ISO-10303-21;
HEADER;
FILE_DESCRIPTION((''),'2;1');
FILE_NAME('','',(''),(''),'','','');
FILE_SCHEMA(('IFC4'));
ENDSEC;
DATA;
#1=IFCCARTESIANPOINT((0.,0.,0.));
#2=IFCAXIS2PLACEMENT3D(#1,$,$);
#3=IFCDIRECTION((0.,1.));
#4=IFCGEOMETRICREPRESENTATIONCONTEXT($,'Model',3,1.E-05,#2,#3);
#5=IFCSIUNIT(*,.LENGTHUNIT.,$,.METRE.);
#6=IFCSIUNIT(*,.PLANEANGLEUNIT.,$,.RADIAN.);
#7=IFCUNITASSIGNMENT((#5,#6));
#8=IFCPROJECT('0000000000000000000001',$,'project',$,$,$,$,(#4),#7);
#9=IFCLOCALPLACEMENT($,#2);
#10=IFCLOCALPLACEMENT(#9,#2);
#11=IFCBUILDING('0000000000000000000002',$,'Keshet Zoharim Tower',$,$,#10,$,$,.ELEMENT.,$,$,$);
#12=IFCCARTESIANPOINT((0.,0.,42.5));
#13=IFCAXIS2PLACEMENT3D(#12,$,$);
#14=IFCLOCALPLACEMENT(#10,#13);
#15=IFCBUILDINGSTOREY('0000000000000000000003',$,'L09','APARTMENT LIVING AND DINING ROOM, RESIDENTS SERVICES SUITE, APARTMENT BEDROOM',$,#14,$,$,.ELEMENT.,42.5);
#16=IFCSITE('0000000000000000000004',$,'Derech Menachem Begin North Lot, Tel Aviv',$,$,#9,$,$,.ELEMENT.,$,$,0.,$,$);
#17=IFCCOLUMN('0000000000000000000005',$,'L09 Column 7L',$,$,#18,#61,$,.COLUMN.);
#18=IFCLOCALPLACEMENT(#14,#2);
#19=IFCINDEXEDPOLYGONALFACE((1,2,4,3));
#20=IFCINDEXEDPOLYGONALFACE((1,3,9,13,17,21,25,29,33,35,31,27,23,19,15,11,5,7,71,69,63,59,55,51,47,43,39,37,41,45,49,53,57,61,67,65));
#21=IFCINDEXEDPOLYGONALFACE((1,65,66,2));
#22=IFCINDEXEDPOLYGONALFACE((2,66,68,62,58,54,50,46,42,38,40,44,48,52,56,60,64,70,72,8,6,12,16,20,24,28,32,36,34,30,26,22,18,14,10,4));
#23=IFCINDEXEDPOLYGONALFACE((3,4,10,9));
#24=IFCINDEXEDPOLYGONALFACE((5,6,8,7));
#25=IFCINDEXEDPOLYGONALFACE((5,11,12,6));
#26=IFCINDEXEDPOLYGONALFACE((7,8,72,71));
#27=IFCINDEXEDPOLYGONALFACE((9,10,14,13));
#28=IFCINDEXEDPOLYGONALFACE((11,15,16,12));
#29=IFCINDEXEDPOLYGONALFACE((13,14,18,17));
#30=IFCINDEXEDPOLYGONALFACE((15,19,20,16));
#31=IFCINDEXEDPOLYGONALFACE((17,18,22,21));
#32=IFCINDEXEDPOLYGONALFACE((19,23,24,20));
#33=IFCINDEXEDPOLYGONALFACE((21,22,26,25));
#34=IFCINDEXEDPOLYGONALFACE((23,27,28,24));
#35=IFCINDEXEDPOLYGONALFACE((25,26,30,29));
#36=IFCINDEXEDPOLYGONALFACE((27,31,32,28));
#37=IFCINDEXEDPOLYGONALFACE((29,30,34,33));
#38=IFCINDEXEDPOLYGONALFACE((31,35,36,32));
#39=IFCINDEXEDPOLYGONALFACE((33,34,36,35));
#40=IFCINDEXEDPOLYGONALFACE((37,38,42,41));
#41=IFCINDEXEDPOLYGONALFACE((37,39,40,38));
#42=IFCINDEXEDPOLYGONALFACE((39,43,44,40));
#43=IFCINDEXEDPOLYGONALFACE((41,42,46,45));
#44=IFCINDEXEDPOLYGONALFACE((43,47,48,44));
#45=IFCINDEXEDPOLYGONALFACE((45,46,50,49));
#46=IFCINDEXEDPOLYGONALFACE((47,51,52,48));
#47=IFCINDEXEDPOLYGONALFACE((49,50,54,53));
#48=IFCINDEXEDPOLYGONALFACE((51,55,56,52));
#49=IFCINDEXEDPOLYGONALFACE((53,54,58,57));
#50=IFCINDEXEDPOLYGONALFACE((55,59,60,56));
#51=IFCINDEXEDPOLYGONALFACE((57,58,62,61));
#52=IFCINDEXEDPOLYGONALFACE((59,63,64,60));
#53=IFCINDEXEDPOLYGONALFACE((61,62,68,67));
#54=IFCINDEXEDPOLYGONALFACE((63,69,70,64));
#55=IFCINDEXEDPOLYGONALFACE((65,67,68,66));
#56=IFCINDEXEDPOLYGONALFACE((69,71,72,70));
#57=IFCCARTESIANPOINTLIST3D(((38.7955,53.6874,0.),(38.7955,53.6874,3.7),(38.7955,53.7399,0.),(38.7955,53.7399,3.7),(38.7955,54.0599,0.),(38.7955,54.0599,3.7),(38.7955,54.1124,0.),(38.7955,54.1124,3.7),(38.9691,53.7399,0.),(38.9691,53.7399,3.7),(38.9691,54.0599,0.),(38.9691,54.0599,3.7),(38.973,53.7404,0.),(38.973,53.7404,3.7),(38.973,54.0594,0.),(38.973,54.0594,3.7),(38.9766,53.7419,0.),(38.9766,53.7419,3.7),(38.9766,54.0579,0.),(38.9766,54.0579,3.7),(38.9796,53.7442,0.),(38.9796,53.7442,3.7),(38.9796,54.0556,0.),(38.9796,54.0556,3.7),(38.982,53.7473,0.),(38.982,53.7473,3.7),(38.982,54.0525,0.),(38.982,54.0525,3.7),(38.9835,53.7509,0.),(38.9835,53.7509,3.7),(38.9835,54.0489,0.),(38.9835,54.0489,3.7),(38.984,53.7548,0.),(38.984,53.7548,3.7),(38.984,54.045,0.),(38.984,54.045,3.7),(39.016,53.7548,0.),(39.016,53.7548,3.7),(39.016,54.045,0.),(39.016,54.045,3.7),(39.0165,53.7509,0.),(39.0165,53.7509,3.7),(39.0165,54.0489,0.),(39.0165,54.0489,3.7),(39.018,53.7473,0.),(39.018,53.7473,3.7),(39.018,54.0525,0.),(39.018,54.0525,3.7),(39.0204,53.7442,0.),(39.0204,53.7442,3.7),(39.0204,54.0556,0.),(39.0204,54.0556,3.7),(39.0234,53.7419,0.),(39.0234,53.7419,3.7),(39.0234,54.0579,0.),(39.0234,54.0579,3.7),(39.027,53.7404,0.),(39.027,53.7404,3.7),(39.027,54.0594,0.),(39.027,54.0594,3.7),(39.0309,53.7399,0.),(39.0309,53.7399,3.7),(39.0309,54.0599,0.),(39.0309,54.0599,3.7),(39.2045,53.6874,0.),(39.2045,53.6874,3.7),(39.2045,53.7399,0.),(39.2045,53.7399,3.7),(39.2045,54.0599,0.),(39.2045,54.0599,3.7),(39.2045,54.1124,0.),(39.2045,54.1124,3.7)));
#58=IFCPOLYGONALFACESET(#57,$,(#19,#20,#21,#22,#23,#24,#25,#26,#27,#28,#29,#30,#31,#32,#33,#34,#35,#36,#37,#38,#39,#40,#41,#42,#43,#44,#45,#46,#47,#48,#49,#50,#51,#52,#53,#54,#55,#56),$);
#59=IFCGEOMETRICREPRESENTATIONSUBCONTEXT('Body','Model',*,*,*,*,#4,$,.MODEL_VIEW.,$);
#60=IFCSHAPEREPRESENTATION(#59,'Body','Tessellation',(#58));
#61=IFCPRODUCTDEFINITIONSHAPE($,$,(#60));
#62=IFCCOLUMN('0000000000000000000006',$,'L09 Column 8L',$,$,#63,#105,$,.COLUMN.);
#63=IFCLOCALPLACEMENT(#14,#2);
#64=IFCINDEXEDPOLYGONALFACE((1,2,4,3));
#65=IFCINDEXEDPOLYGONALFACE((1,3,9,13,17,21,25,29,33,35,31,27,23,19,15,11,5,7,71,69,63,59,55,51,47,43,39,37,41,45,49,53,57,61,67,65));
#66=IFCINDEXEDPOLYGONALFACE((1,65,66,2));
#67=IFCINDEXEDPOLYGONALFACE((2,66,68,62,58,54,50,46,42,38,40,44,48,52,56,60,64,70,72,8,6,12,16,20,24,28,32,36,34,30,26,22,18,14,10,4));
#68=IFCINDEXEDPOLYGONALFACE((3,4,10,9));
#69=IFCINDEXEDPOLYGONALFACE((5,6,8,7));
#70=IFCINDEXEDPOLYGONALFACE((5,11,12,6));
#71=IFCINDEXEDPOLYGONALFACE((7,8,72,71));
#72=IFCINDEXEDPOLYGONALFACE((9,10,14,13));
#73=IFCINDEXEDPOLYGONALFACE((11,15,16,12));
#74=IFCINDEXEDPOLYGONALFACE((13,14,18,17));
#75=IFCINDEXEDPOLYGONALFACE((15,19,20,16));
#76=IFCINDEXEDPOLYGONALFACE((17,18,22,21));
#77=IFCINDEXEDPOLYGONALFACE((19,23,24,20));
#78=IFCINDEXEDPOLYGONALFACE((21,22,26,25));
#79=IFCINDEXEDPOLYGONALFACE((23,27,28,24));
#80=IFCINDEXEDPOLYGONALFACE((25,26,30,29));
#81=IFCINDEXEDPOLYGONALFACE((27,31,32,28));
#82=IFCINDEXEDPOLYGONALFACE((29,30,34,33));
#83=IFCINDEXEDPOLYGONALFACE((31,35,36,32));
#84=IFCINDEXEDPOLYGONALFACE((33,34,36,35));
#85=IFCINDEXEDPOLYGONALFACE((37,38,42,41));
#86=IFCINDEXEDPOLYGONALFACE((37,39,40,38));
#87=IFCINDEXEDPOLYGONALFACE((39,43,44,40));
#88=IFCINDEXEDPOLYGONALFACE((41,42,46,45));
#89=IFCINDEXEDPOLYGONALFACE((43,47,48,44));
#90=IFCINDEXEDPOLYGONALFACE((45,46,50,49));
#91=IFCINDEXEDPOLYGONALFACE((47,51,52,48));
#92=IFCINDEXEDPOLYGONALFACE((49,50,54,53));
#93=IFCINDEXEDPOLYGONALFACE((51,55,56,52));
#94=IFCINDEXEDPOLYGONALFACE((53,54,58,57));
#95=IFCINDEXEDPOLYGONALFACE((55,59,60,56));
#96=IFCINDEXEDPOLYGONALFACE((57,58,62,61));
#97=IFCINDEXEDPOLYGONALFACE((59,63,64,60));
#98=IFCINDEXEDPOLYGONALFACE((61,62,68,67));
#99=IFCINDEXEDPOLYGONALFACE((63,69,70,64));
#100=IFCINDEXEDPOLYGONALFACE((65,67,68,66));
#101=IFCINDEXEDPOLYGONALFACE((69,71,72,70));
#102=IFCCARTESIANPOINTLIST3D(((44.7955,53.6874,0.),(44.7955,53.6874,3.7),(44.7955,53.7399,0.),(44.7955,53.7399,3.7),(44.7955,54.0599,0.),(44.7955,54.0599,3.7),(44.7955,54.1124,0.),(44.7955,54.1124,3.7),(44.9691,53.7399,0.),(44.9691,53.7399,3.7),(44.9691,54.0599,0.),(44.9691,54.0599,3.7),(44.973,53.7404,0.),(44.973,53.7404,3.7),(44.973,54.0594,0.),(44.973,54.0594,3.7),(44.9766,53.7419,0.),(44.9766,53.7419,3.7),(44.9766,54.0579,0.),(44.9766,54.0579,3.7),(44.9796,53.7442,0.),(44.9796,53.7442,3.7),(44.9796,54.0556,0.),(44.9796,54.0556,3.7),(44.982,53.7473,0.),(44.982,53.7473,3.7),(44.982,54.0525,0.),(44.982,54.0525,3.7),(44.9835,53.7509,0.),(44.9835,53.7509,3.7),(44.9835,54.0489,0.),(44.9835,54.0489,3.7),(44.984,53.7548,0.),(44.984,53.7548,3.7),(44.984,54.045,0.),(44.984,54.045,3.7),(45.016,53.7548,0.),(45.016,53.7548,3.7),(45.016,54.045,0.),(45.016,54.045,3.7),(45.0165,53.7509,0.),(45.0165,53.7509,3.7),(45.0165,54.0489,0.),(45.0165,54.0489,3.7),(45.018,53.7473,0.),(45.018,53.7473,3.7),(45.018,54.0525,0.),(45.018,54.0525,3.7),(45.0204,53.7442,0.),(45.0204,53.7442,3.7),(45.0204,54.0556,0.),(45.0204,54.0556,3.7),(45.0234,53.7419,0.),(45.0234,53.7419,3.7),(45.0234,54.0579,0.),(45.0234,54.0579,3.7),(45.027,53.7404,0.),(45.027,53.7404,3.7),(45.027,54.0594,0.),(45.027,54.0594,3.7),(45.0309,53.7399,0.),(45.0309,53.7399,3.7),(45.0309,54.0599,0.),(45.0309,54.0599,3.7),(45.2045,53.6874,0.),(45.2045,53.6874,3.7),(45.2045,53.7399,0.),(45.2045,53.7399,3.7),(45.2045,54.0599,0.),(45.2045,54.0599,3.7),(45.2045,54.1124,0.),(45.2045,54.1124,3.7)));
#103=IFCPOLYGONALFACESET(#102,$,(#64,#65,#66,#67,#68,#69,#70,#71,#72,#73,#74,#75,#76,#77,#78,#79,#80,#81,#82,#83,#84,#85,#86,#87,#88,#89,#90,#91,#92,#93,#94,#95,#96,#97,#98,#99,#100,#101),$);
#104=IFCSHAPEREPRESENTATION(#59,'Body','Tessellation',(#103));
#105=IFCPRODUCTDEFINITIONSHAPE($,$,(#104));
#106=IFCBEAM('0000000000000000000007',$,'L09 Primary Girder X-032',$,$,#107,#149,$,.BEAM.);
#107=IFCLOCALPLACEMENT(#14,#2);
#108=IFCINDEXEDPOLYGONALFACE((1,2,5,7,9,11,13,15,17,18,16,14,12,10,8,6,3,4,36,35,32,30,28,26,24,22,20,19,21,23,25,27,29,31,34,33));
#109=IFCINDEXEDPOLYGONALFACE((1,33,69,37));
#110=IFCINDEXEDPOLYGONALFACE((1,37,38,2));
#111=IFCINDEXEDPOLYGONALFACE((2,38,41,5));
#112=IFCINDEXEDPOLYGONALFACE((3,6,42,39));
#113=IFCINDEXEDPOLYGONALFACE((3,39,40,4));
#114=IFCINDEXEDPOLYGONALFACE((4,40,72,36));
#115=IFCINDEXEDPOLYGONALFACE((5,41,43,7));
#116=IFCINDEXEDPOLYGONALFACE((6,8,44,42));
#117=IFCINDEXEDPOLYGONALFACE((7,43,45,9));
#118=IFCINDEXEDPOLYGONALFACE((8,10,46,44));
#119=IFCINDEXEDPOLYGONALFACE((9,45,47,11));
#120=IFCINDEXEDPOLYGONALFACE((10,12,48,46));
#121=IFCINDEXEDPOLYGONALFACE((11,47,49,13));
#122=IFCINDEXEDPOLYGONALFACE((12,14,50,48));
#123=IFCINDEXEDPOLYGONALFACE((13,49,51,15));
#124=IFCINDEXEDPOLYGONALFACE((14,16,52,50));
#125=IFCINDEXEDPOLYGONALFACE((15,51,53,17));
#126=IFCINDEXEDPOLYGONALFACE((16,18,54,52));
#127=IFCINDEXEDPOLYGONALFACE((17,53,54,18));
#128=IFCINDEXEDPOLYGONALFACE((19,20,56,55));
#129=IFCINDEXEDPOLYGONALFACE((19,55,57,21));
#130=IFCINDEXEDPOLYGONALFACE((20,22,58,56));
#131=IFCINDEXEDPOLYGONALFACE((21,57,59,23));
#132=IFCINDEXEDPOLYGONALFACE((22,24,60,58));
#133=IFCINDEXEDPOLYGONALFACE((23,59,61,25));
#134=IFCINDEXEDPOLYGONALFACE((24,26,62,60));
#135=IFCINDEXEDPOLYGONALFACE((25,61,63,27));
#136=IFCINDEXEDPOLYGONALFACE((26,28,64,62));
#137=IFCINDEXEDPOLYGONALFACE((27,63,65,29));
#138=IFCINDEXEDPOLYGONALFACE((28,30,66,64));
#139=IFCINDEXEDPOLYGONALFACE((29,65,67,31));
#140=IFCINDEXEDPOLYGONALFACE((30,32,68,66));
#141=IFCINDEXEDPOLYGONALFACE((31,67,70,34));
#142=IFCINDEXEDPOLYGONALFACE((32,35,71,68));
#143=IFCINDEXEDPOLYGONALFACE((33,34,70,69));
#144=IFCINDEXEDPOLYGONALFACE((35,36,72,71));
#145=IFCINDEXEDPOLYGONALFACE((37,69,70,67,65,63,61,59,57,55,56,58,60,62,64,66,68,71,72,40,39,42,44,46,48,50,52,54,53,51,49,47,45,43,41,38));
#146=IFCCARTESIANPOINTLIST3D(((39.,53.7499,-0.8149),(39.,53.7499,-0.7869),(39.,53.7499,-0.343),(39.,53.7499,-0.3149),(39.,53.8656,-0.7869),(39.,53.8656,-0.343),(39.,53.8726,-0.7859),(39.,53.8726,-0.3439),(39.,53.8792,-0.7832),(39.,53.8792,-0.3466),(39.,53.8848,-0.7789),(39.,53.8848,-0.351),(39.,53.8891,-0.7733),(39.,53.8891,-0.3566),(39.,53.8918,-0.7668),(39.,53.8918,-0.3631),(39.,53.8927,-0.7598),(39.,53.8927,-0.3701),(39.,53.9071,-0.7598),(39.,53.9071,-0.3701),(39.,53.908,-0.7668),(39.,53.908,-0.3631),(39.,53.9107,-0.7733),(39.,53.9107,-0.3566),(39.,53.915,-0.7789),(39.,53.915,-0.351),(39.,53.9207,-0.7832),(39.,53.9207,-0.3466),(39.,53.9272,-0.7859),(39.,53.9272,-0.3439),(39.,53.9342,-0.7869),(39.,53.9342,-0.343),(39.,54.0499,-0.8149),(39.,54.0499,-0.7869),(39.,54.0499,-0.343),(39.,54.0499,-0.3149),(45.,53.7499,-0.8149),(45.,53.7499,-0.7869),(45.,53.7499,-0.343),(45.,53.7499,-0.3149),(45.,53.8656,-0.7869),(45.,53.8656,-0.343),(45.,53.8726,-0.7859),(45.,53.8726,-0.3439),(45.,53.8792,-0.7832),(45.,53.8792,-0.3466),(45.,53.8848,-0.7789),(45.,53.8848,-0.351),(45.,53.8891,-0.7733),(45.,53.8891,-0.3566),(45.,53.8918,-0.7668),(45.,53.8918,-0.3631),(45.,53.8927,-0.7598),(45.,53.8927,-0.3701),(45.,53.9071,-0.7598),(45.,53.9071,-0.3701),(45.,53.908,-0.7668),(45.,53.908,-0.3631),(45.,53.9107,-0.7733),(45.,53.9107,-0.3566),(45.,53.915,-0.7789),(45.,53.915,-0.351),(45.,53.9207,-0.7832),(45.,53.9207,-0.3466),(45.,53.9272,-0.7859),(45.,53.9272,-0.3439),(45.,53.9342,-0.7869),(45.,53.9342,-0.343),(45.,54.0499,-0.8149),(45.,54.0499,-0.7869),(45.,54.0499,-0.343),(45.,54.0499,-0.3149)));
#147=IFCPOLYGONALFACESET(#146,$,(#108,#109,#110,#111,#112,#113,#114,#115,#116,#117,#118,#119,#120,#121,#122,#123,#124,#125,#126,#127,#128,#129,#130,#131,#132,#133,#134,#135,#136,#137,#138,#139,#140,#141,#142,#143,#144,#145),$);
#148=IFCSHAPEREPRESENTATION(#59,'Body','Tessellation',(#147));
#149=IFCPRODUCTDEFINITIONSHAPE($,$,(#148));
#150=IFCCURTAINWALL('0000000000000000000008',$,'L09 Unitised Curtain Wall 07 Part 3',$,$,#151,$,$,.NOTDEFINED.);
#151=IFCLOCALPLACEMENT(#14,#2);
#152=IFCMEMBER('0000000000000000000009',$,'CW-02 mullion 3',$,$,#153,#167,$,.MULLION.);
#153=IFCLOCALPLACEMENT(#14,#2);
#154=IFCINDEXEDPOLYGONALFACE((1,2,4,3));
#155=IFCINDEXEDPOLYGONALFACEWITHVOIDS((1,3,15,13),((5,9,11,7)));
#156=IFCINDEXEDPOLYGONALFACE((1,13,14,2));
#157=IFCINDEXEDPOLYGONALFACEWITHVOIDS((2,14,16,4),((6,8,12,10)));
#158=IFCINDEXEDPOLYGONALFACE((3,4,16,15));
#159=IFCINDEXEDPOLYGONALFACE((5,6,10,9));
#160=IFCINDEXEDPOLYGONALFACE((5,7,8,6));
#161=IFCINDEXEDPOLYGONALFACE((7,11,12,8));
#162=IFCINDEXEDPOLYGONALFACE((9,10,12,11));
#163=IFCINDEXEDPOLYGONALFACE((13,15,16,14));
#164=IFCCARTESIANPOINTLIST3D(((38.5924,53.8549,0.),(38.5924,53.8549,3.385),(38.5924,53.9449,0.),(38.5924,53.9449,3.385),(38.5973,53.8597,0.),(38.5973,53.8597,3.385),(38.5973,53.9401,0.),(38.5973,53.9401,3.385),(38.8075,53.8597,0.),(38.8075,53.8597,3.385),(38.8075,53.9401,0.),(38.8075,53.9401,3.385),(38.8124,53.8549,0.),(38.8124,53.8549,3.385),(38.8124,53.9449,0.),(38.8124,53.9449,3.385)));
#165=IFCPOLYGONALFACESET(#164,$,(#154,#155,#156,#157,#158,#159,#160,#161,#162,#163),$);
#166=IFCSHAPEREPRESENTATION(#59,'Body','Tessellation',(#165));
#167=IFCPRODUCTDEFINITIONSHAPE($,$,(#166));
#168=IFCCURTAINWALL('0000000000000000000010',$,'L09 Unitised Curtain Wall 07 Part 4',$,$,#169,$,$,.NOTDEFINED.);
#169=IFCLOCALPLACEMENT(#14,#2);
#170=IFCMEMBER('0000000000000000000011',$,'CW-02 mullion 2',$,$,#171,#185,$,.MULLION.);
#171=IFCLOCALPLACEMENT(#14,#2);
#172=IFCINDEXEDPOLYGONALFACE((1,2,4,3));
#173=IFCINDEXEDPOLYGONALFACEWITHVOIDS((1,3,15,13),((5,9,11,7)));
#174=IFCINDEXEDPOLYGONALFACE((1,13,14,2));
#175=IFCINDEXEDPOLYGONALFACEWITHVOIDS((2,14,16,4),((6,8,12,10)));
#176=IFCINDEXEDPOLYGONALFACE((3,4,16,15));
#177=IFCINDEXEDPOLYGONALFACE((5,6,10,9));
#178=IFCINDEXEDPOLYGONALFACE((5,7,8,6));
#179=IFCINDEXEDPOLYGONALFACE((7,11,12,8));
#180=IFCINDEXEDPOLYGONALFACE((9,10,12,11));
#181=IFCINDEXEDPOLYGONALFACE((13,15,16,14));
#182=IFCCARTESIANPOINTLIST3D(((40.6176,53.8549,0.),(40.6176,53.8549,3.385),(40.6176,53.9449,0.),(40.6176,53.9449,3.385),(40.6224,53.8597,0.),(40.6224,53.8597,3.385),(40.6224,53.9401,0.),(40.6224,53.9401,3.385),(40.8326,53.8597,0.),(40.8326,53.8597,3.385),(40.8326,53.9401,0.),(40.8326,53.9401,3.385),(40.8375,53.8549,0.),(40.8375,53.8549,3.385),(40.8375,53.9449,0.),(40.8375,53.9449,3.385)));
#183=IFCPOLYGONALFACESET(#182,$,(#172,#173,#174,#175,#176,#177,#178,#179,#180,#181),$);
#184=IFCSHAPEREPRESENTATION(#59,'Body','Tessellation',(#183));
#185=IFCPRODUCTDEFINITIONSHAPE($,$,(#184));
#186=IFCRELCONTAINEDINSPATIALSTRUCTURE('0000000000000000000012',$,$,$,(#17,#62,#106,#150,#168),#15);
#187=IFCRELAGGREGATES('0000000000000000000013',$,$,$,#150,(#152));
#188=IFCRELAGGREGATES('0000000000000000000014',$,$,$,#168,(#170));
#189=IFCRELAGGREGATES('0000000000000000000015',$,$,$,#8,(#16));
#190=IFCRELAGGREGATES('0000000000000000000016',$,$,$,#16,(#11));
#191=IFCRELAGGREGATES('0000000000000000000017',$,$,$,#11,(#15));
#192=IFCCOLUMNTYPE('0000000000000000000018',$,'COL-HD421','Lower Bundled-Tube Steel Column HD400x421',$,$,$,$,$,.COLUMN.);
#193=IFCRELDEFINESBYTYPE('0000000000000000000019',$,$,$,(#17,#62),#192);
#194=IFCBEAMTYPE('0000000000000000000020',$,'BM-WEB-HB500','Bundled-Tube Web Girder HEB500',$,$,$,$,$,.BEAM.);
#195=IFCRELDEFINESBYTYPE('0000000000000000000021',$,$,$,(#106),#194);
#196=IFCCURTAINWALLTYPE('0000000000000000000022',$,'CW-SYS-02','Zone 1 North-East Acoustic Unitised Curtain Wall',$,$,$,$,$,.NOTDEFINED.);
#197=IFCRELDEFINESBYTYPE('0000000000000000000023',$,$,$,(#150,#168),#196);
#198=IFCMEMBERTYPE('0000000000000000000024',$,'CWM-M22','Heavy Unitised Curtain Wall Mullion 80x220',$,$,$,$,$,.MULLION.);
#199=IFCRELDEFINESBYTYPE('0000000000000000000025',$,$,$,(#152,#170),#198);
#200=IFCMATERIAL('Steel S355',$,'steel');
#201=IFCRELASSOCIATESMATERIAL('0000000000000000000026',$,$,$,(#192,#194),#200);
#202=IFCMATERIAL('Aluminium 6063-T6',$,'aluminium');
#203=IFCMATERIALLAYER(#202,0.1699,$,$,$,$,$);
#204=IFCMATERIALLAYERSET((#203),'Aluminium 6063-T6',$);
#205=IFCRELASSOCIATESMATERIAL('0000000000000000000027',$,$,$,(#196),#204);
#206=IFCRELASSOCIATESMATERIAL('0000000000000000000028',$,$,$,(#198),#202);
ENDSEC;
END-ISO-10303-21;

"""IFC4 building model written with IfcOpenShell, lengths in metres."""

from ifc_helpers import new_model, si_unit, direction, frame, origin, origin_2d, place, context, subcontext, project, spatial, hollow_rectangle, i_section, extrude, material, layer, layer_set, material_profile, profile_set, type_object, element, aggregate, save


model = new_model("IFC4")

# Units and contexts
model_context = context("Model", 3, precision=1e-05, world=origin(), true_north=direction((0.0, 1.0)))
body_context = subcontext(model_context, "Body", "Model", "MODEL_VIEW")
ifc_project = project(units=[si_unit("LENGTHUNIT", "METRE"), si_unit("PLANEANGLEUNIT", "RADIAN")], contexts=[model_context])

# Site, building, storey
site_placement = place(None, origin())
site = spatial("IfcSite", under=ifc_project, at=site_placement, Name="Derech Menachem Begin North Lot, Tel Aviv", CompositionType="ELEMENT", RefElevation=0.0)
building_placement = place(site_placement, origin())
building = spatial("IfcBuilding", under=site, at=building_placement, Name="Keshet Zoharim Tower", CompositionType="ELEMENT")
storey_placement = place(building_placement, frame((0.0, 0.0, 42.5)))
storey = spatial("IfcBuildingStorey", under=building, at=storey_placement, Name="L09", Description="APARTMENT LIVING AND DINING ROOM, RESIDENTS SERVICES SUITE, APARTMENT BEDROOM", CompositionType="ELEMENT", Elevation=42.5)

# Columns
ifc_material_1 = material(Name="Steel S355", Category="steel")
ifc_material_profile_1 = material_profile(ifc_material_1, i_section(OverallWidth=0.4089, OverallDepth=0.425, WebThickness=0.032, FlangeThickness=0.0525, FilletRadius=0.0149, at=origin_2d()), Name="HD400x421")
ifc_profile_set_1 = profile_set([ifc_material_profile_1], Name="Steel S355")
column_type = type_object("IfcColumnType", Name="COL-HD421", Description="Lower Bundled-Tube Steel Column HD400x421", PredefinedType="COLUMN", material=ifc_profile_set_1)
for number, where, z_axis, x_axis, name in (
    (1, (39.0, 53.8999, 0.0), (0.0, 0.0, 1.0), (1.0, 0.0, 0.0), "L09 Column 7L"),
    (2, (45.0, 53.8999, 0.0), (0.0, 0.0, 1.0), (1.0, 0.0, 0.0), "L09 Column 8L"),
):
    element("IfcColumn", number, at=place(storey_placement, frame(where, z_axis=z_axis, x_axis=x_axis)), inside=storey, type_object=column_type, Name=name, PredefinedType="COLUMN", context=body_context, shape_type="SweptSolid", body=[
        extrude(i_section(OverallWidth=0.4089, OverallDepth=0.425, WebThickness=0.032, FlangeThickness=0.0525, FilletRadius=0.0149, at=origin_2d()), origin(), (0.0, 0.0, 1.0), 3.7),
    ])

# Beam
ifc_material_profile_2 = material_profile(ifc_material_1, i_section(OverallWidth=0.3, OverallDepth=0.5, WebThickness=0.0144, FlangeThickness=0.0281, FilletRadius=0.0271, at=origin_2d()), Name="HEB500")
ifc_profile_set_2 = profile_set([ifc_material_profile_2], Name="Steel S355")
beam_type = type_object("IfcBeamType", Name="BM-WEB-HB500", Description="Bundled-Tube Web Girder HEB500", PredefinedType="BEAM", material=ifc_profile_set_2)
beam_placement = place(storey_placement, frame((39.0, 53.8999, -0.5649), z_axis=(1.0, 0.0, 0.0), x_axis=(0.0, 1.0, 0.0)))
element("IfcBeam", 3, at=beam_placement, inside=storey, type_object=beam_type, Name="L09 Primary Girder X-032", PredefinedType="BEAM", context=body_context, shape_type="SweptSolid", body=[
    extrude(i_section(OverallWidth=0.3, OverallDepth=0.5, WebThickness=0.0144, FlangeThickness=0.0281, FilletRadius=0.0271, at=origin_2d()), origin(), (0.0, 0.0, 1.0), 6.0),
])

# Curtain wall, member
ifc_material_2 = material(Name="Aluminium 6063-T6", Category="aluminium")
ifc_layer_1 = layer(ifc_material_2, 0.1699)
ifc_layer_set_1 = layer_set([ifc_layer_1], Name="Aluminium 6063-T6")
curtain_wall_type = type_object("IfcCurtainWallType", Name="CW-SYS-02", Description="Zone 1 North-East Acoustic Unitised Curtain Wall", PredefinedType="NOTDEFINED", material=ifc_layer_set_1)
curtain_wall_1_placement = place(storey_placement, origin())
curtain_wall_1 = element("IfcCurtainWall", 4, at=curtain_wall_1_placement, inside=storey, type_object=curtain_wall_type, Name="L09 Unitised Curtain Wall 07 Part 3", PredefinedType="NOTDEFINED")
ifc_material_profile_3 = material_profile(ifc_material_2, hollow_rectangle(XDim=0.0901, YDim=0.22, WallThickness=0.0049, at=origin_2d()), Name="MUL-90x220")
ifc_profile_set_3 = profile_set([ifc_material_profile_3], Name="Aluminium 6063-T6")
member_type_1 = type_object("IfcMemberType", Name="CWM-M22", Description="Heavy Unitised Curtain Wall Mullion 80x220", PredefinedType="MULLION", material=ifc_profile_set_3)
member_1_placement = place(storey_placement, frame((38.7024, 53.8999, 0.0), z_axis=(0.0, 0.0, 1.0), x_axis=(0.0, 1.0, 0.0)))
member_1 = element("IfcMember", 5, at=member_1_placement, type_object=member_type_1, Name="CW-02 mullion 3", PredefinedType="MULLION", context=body_context, shape_type="SweptSolid", body=[
    extrude(hollow_rectangle(XDim=0.0901, YDim=0.22, WallThickness=0.0049, at=origin_2d()), origin(), (0.0, 0.0, 1.0), 3.385),
])

# Curtain wall, member
curtain_wall_2_placement = place(storey_placement, origin())
curtain_wall_2 = element("IfcCurtainWall", 6, at=curtain_wall_2_placement, inside=storey, type_object=curtain_wall_type, Name="L09 Unitised Curtain Wall 07 Part 4", PredefinedType="NOTDEFINED")
member_2_placement = place(storey_placement, frame((40.7275, 53.8999, 0.0), z_axis=(0.0, 0.0, 1.0), x_axis=(0.0, 1.0, 0.0)))
member_2 = element("IfcMember", 7, at=member_2_placement, type_object=member_type_1, Name="CW-02 mullion 2", PredefinedType="MULLION", context=body_context, shape_type="SweptSolid", body=[
    extrude(hollow_rectangle(XDim=0.0901, YDim=0.22, WallThickness=0.0049, at=origin_2d()), origin(), (0.0, 0.0, 1.0), 3.385),
])

aggregate(curtain_wall_1, [member_1])
aggregate(curtain_wall_2, [member_2])

save(model, "model.ifc")
